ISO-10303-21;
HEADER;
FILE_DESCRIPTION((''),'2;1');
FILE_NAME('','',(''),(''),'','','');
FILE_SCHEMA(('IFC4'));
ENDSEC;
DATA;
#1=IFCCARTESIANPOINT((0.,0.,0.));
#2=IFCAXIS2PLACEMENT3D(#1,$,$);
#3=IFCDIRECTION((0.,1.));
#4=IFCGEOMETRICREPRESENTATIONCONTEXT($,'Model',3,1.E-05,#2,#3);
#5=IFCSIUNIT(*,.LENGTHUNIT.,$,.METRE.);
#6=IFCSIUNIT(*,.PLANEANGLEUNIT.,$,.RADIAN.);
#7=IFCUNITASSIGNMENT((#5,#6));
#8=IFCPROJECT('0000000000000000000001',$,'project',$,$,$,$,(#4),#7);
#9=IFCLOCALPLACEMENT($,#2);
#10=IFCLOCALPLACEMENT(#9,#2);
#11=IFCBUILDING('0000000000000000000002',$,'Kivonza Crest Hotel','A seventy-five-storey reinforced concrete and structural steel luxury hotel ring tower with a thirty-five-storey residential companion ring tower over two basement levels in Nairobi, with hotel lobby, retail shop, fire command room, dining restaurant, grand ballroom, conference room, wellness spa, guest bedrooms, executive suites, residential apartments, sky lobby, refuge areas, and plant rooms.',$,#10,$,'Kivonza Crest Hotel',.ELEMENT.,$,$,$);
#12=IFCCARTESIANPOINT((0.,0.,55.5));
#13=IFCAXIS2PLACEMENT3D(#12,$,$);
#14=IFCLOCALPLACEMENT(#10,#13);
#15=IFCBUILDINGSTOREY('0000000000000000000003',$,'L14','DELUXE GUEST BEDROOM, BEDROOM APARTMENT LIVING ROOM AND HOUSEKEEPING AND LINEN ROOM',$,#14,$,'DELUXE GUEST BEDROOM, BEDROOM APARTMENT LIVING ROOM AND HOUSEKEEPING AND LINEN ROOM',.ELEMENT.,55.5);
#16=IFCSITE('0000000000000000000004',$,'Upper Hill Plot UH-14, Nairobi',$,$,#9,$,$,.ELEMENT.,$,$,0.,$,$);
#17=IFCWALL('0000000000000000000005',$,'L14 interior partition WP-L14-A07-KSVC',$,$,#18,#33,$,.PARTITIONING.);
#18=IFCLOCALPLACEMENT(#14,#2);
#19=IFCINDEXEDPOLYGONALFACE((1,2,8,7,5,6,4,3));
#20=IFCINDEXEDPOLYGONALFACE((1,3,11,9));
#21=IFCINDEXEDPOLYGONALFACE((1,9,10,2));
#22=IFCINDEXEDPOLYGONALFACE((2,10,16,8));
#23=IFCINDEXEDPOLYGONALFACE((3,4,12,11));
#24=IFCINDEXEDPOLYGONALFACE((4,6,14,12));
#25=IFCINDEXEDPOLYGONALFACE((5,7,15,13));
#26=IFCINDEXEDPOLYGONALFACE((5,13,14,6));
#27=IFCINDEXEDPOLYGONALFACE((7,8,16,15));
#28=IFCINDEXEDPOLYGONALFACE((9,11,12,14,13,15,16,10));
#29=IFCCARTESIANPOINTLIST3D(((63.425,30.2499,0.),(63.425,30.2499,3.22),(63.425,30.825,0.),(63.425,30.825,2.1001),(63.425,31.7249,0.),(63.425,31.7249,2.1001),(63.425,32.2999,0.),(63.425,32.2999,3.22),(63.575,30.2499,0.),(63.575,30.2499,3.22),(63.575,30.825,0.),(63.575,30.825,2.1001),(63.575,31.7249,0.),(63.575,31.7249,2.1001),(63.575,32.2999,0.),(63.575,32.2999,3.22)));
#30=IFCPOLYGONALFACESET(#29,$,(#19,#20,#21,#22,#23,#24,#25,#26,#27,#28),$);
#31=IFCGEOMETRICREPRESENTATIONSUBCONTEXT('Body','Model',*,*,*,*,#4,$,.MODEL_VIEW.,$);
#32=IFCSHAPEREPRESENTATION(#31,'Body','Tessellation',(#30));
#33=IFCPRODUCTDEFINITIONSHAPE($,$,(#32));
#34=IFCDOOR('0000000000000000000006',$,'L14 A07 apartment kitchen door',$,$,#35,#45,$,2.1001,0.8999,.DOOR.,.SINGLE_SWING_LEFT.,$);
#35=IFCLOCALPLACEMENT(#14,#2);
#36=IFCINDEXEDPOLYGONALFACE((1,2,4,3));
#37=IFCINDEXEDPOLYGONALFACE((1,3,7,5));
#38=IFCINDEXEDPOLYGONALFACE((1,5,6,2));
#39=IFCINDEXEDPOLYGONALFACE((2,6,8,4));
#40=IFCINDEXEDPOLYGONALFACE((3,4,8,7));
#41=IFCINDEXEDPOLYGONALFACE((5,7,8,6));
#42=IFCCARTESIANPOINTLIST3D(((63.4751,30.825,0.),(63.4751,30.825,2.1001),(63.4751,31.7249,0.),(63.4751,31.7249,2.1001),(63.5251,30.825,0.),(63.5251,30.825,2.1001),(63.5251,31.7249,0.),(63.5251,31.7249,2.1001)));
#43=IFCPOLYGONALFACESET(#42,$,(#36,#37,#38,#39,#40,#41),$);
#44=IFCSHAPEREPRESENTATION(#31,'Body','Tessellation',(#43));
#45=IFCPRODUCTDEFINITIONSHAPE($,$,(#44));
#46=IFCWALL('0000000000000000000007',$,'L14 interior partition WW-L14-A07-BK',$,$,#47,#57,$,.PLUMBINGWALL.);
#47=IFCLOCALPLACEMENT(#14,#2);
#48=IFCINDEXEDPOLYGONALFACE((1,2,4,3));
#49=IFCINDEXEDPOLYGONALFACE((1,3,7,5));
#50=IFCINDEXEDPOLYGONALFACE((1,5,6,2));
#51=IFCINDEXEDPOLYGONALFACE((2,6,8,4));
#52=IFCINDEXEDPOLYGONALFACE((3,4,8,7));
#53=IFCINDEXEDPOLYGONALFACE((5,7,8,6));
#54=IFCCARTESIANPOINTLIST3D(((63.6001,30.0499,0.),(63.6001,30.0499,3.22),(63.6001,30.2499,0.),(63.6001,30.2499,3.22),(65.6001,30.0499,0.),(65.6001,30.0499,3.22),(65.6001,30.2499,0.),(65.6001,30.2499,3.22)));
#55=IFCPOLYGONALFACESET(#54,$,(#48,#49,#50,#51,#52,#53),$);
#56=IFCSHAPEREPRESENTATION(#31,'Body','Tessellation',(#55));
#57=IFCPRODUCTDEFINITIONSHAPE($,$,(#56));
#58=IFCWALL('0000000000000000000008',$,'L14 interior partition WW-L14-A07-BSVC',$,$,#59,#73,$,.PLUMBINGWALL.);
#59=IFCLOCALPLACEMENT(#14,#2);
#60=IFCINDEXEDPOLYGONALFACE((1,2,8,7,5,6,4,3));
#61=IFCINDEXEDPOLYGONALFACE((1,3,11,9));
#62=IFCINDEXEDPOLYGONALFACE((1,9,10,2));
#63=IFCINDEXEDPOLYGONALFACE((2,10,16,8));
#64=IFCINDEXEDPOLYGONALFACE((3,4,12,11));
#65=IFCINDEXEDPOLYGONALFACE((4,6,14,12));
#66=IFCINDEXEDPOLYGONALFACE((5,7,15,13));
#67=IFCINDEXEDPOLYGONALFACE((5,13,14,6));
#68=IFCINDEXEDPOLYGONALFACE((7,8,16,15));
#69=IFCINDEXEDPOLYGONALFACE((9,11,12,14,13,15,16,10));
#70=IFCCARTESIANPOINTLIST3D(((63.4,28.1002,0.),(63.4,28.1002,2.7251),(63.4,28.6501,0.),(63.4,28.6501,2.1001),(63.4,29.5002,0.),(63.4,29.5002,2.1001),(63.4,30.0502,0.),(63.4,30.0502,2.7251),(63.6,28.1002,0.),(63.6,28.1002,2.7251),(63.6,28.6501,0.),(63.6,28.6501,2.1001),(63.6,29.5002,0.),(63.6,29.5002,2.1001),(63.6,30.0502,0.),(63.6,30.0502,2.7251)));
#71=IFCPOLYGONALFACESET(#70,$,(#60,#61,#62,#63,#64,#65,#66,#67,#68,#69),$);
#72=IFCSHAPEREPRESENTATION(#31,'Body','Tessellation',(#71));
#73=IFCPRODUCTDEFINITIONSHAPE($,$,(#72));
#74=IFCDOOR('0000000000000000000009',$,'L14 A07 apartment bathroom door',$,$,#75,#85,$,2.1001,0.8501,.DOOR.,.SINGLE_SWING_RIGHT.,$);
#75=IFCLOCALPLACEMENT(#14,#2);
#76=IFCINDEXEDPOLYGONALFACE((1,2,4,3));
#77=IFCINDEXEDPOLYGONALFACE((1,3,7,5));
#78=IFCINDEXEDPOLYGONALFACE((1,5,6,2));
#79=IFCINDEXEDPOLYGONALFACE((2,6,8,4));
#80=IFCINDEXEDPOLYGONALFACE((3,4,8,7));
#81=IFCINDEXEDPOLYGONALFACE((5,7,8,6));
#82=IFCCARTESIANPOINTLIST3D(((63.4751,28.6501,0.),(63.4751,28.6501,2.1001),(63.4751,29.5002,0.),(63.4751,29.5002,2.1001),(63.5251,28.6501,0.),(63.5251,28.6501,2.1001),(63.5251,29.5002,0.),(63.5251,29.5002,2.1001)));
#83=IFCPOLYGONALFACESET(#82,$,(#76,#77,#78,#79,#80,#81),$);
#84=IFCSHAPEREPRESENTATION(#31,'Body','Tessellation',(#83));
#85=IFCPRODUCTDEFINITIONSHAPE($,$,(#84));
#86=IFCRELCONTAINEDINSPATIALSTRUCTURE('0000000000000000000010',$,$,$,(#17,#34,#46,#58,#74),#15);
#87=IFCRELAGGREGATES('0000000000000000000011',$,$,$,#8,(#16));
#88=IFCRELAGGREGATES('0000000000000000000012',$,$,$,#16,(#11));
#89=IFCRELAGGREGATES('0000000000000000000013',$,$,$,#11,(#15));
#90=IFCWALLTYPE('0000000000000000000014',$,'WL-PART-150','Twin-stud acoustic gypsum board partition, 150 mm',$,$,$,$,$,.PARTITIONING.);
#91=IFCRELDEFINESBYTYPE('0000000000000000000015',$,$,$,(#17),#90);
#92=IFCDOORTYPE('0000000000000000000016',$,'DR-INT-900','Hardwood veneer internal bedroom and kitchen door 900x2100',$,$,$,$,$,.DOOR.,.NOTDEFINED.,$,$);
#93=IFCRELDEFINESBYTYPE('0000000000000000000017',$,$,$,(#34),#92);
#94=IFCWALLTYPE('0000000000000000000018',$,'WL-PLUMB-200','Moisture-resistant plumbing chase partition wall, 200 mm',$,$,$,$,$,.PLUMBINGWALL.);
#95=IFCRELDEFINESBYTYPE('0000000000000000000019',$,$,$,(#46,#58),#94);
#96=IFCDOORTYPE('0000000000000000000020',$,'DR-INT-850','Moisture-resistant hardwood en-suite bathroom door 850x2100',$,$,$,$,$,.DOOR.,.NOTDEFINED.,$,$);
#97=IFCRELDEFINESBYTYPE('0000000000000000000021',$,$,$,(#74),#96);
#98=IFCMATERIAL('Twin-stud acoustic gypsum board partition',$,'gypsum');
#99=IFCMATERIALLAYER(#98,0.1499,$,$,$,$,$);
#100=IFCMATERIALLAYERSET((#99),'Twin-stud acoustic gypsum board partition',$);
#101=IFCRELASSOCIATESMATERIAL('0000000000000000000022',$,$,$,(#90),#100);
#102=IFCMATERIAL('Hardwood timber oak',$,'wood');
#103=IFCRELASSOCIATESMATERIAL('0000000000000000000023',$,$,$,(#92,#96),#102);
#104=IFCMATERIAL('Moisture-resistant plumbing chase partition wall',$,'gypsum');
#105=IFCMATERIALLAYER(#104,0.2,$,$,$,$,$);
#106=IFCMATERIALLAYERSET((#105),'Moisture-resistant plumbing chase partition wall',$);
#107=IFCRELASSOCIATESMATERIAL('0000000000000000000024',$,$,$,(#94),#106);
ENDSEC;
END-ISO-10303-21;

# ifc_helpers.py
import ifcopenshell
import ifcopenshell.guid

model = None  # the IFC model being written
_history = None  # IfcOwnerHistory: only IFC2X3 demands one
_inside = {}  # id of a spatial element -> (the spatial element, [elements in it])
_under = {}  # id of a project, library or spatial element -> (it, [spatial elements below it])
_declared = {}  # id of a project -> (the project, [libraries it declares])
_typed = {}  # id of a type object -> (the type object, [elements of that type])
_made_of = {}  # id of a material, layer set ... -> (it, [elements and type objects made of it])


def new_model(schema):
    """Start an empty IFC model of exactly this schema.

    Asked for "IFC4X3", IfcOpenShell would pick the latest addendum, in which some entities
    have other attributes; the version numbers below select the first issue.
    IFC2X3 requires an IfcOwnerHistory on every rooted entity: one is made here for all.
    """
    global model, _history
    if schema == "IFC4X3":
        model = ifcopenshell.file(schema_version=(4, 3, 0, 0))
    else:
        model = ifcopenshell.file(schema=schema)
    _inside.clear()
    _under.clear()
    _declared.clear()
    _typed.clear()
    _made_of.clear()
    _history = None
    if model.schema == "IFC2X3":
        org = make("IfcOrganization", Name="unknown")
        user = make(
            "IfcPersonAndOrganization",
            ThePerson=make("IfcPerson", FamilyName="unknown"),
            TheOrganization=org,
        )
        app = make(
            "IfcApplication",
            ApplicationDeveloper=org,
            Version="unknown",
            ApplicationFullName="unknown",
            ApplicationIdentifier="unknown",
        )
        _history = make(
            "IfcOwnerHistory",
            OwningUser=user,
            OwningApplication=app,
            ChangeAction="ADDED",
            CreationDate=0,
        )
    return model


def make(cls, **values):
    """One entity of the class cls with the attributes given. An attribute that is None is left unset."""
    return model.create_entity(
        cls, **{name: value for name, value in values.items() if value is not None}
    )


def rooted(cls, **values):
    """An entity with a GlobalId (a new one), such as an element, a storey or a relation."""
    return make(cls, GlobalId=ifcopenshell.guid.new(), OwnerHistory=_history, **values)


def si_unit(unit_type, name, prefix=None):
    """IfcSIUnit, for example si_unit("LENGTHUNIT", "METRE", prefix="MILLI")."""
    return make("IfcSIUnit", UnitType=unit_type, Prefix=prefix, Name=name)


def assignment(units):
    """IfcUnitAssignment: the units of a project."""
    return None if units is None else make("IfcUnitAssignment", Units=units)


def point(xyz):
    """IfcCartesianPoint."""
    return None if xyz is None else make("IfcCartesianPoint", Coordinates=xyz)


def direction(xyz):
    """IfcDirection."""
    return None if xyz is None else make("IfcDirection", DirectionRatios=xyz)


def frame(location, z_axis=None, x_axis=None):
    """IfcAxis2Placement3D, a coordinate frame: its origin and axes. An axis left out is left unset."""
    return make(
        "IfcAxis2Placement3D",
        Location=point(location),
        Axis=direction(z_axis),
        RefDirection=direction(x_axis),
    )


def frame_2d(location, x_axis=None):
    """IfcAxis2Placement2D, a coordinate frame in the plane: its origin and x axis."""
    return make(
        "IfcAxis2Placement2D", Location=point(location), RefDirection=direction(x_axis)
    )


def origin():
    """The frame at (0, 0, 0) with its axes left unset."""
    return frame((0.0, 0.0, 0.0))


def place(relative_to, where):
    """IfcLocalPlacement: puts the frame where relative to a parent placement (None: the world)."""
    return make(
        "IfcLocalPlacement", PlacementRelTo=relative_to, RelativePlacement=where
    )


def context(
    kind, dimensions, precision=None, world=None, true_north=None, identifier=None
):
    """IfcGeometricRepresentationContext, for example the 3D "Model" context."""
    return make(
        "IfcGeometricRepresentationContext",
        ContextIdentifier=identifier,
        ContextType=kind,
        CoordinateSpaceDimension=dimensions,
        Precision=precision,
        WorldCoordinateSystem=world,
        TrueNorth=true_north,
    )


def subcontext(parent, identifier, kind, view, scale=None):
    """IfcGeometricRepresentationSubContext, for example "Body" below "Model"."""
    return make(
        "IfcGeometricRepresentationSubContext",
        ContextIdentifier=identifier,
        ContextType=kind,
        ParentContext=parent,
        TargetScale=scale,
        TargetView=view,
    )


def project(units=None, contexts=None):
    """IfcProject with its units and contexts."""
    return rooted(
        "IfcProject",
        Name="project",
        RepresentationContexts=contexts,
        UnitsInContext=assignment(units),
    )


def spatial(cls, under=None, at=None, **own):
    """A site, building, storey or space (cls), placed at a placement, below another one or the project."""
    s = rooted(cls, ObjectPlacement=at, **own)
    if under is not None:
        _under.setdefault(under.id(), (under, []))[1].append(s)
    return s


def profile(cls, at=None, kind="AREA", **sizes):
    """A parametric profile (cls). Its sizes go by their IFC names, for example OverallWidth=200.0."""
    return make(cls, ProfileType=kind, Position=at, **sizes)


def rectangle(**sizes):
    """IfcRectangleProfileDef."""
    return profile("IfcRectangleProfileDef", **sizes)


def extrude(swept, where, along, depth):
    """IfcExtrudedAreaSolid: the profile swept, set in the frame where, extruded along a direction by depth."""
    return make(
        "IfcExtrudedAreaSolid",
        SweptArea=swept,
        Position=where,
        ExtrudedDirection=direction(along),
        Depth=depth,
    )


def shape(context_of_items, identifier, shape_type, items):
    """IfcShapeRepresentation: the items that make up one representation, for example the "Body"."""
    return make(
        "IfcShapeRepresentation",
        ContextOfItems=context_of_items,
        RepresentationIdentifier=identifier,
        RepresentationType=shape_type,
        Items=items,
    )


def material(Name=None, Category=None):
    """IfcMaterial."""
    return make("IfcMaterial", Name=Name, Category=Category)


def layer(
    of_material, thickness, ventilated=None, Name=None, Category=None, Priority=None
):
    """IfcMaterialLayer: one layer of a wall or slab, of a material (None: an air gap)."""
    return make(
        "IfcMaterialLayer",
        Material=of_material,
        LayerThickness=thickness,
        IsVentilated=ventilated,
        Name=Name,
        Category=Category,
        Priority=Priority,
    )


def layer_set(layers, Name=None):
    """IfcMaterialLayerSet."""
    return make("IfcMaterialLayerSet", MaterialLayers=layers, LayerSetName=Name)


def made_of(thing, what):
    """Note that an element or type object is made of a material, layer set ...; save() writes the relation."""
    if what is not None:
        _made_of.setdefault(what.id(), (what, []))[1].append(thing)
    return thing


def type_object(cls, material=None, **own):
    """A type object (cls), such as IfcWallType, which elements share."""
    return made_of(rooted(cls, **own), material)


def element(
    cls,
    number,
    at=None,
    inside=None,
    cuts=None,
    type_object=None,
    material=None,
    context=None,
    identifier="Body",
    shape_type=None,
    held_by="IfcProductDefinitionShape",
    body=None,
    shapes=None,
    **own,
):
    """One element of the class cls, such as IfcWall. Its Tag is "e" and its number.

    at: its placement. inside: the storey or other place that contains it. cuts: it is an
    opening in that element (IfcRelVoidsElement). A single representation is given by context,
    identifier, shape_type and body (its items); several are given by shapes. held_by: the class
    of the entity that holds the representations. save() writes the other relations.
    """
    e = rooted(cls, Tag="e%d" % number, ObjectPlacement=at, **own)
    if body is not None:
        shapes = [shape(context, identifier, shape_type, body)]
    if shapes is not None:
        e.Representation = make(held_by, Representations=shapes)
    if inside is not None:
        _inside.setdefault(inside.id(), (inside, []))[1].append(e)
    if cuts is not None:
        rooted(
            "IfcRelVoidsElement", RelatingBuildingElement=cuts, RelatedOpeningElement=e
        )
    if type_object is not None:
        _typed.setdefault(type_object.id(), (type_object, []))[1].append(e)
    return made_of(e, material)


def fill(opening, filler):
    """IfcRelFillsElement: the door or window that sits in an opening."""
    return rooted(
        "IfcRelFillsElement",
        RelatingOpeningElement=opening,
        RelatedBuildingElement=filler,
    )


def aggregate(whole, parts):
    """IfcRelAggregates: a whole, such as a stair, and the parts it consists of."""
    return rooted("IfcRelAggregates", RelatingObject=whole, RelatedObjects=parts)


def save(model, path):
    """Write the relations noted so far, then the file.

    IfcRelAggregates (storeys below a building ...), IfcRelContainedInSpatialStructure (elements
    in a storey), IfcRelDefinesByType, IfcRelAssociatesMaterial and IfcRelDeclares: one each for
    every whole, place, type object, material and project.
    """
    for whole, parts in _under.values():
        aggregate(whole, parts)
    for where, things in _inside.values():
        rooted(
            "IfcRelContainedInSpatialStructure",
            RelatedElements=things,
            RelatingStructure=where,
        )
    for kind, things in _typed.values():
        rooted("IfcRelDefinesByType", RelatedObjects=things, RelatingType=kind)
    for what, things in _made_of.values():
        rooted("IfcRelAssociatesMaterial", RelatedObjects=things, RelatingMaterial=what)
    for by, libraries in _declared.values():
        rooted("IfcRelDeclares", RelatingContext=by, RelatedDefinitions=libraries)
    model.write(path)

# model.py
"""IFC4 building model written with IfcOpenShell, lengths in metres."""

from ifc_helpers import new_model, si_unit, direction, frame, frame_2d, origin, place, context, subcontext, project, spatial, rectangle, extrude, material, layer, layer_set, type_object, element, fill, save


model = new_model("IFC4")

# Units and contexts
model_context = context("Model", 3, precision=1e-05, world=origin(), true_north=direction((0.0, 1.0)))
body_context = subcontext(model_context, "Body", "Model", "MODEL_VIEW")
ifc_project = project(units=[si_unit("LENGTHUNIT", "METRE"), si_unit("PLANEANGLEUNIT", "RADIAN")], contexts=[model_context])

# Site, building, storey
site_placement = place(None, origin())
site = spatial("IfcSite", under=ifc_project, at=site_placement, Name="Upper Hill Plot UH-14, Nairobi", CompositionType="ELEMENT", RefElevation=0.0)
building_placement = place(site_placement, origin())
building = spatial("IfcBuilding", under=site, at=building_placement, Name="Kivonza Crest Hotel", Description="A seventy-five-storey reinforced concrete and structural steel luxury hotel ring tower with a thirty-five-storey residential companion ring tower over two basement levels in Nairobi, with hotel lobby, retail shop, fire command room, dining restaurant, grand ballroom, conference room, wellness spa, guest bedrooms, executive suites, residential apartments, sky lobby, refuge areas, and plant rooms.", LongName="Kivonza Crest Hotel", CompositionType="ELEMENT")
storey_placement = place(building_placement, frame((0.0, 0.0, 55.5)))
storey = spatial("IfcBuildingStorey", under=building, at=storey_placement, Name="L14", Description="DELUXE GUEST BEDROOM, BEDROOM APARTMENT LIVING ROOM AND HOUSEKEEPING AND LINEN ROOM", LongName="DELUXE GUEST BEDROOM, BEDROOM APARTMENT LIVING ROOM AND HOUSEKEEPING AND LINEN ROOM", CompositionType="ELEMENT", Elevation=55.5)

# Wall, opening, door
ifc_material_1 = material(Name="Twin-stud acoustic gypsum board partition", Category="gypsum")
ifc_layer_1 = layer(ifc_material_1, 0.1499)
ifc_layer_set_1 = layer_set([ifc_layer_1], Name="Twin-stud acoustic gypsum board partition")
wall_type_1 = type_object("IfcWallType", Name="WL-PART-150", Description="Twin-stud acoustic gypsum board partition, 150 mm", PredefinedType="PARTITIONING", material=ifc_layer_set_1)
ifc_material_2 = material(Name="Hardwood timber oak", Category="wood")
door_type_1 = type_object("IfcDoorType", Name="DR-INT-900", Description="Hardwood veneer internal bedroom and kitchen door 900x2100", OperationType="NOTDEFINED", PredefinedType="DOOR", material=ifc_material_2)
wall_1_placement = place(storey_placement, frame((63.5, 30.25, 0.0), z_axis=(0.0, 0.0, 1.0), x_axis=(0.0, 1.0, 0.0)))
wall_1 = element("IfcWall", 1, at=wall_1_placement, inside=storey, type_object=wall_type_1, Name="L14 interior partition WP-L14-A07-KSVC", PredefinedType="PARTITIONING", context=body_context, shape_type="SweptSolid", body=[
    extrude(rectangle(XDim=2.05, YDim=0.1499, at=frame_2d((1.0249, 0.0))), origin(), (0.0, 0.0, 1.0), 3.22),
])
opening_1_placement = place(wall_1_placement, frame((0.575, 0.0, 0.0)))
opening_1 = element("IfcOpeningElement", 2, at=opening_1_placement, cuts=wall_1, PredefinedType="OPENING", context=body_context, shape_type="SweptSolid", body=[
    extrude(rectangle(XDim=0.8999, YDim=2.1001, at=frame_2d((0.45, 1.05))), frame((0.0, 0.085, 0.0), z_axis=(0.0, -1.0, 0.0), x_axis=(1.0, 0.0, 0.0)), (0.0, 0.0, 1.0), 0.1699),
])
door_1_placement = place(opening_1_placement, origin())
door_1 = element("IfcDoor", 3, at=door_1_placement, inside=storey, type_object=door_type_1, Name="L14 A07 apartment kitchen door", OperationType="SINGLE_SWING_LEFT", OverallHeight=2.1001, OverallWidth=0.8999, PredefinedType="DOOR", context=body_context, shape_type="SweptSolid", body=[
    extrude(rectangle(XDim=0.8999, YDim=2.1001, at=frame_2d((0.45, 1.05))), frame((0.0, 0.0249, 0.0), z_axis=(0.0, -1.0, 0.0), x_axis=(1.0, 0.0, 0.0)), (0.0, 0.0, 1.0), 0.05),
])
fill(opening_1, door_1)

# Wall
ifc_material_3 = material(Name="Moisture-resistant plumbing chase partition wall", Category="gypsum")
ifc_layer_2 = layer(ifc_material_3, 0.2)
ifc_layer_set_2 = layer_set([ifc_layer_2], Name="Moisture-resistant plumbing chase partition wall")
wall_type_2 = type_object("IfcWallType", Name="WL-PLUMB-200", Description="Moisture-resistant plumbing chase partition wall, 200 mm", PredefinedType="PLUMBINGWALL", material=ifc_layer_set_2)
wall_2_placement = place(storey_placement, frame((63.6001, 30.1499, 0.0), z_axis=(0.0, 0.0, 1.0), x_axis=(1.0, 0.0, 0.0)))
element("IfcWall", 4, at=wall_2_placement, inside=storey, type_object=wall_type_2, Name="L14 interior partition WW-L14-A07-BK", PredefinedType="PLUMBINGWALL", context=body_context, shape_type="SweptSolid", body=[
    extrude(rectangle(XDim=2.0, YDim=0.2, at=frame_2d((1.0, 0.0))), origin(), (0.0, 0.0, 1.0), 3.22),
])

# Wall, opening, door
wall_3_placement = place(storey_placement, frame((63.5, 28.1001, 0.0), z_axis=(0.0, 0.0, 1.0), x_axis=(0.0, 1.0, 0.0)))
wall_3 = element("IfcWall", 5, at=wall_3_placement, inside=storey, type_object=wall_type_2, Name="L14 interior partition WW-L14-A07-BSVC", PredefinedType="PLUMBINGWALL", context=body_context, shape_type="SweptSolid", body=[
    extrude(rectangle(XDim=1.95, YDim=0.2, at=frame_2d((0.9751, 0.0))), origin(), (0.0, 0.0, 1.0), 2.7251),
])
opening_2_placement = place(wall_3_placement, frame((0.55, 0.0, 0.0)))
opening_2 = element("IfcOpeningElement", 6, at=opening_2_placement, cuts=wall_3, PredefinedType="OPENING", context=body_context, shape_type="SweptSolid", body=[
    extrude(rectangle(XDim=0.8501, YDim=2.1001, at=frame_2d((0.425, 1.05))), frame((0.0, 0.1099, 0.0), z_axis=(0.0, -1.0, 0.0), x_axis=(1.0, 0.0, 0.0)), (0.0, 0.0, 1.0), 0.22),
])
door_type_2 = type_object("IfcDoorType", Name="DR-INT-850", Description="Moisture-resistant hardwood en-suite bathroom door 850x2100", OperationType="NOTDEFINED", PredefinedType="DOOR", material=ifc_material_2)
door_2_placement = place(opening_2_placement, origin())
door_2 = element("IfcDoor", 7, at=door_2_placement, inside=storey, type_object=door_type_2, Name="L14 A07 apartment bathroom door", OperationType="SINGLE_SWING_RIGHT", OverallHeight=2.1001, OverallWidth=0.8501, PredefinedType="DOOR", context=body_context, shape_type="SweptSolid", body=[
    extrude(rectangle(XDim=0.8501, YDim=2.1001, at=frame_2d((0.425, 1.05))), frame((0.0, 0.0249, 0.0), z_axis=(0.0, -1.0, 0.0), x_axis=(1.0, 0.0, 0.0)), (0.0, 0.0, 1.0), 0.05),
])
fill(opening_2, door_2)

save(model, "model.ifc")
